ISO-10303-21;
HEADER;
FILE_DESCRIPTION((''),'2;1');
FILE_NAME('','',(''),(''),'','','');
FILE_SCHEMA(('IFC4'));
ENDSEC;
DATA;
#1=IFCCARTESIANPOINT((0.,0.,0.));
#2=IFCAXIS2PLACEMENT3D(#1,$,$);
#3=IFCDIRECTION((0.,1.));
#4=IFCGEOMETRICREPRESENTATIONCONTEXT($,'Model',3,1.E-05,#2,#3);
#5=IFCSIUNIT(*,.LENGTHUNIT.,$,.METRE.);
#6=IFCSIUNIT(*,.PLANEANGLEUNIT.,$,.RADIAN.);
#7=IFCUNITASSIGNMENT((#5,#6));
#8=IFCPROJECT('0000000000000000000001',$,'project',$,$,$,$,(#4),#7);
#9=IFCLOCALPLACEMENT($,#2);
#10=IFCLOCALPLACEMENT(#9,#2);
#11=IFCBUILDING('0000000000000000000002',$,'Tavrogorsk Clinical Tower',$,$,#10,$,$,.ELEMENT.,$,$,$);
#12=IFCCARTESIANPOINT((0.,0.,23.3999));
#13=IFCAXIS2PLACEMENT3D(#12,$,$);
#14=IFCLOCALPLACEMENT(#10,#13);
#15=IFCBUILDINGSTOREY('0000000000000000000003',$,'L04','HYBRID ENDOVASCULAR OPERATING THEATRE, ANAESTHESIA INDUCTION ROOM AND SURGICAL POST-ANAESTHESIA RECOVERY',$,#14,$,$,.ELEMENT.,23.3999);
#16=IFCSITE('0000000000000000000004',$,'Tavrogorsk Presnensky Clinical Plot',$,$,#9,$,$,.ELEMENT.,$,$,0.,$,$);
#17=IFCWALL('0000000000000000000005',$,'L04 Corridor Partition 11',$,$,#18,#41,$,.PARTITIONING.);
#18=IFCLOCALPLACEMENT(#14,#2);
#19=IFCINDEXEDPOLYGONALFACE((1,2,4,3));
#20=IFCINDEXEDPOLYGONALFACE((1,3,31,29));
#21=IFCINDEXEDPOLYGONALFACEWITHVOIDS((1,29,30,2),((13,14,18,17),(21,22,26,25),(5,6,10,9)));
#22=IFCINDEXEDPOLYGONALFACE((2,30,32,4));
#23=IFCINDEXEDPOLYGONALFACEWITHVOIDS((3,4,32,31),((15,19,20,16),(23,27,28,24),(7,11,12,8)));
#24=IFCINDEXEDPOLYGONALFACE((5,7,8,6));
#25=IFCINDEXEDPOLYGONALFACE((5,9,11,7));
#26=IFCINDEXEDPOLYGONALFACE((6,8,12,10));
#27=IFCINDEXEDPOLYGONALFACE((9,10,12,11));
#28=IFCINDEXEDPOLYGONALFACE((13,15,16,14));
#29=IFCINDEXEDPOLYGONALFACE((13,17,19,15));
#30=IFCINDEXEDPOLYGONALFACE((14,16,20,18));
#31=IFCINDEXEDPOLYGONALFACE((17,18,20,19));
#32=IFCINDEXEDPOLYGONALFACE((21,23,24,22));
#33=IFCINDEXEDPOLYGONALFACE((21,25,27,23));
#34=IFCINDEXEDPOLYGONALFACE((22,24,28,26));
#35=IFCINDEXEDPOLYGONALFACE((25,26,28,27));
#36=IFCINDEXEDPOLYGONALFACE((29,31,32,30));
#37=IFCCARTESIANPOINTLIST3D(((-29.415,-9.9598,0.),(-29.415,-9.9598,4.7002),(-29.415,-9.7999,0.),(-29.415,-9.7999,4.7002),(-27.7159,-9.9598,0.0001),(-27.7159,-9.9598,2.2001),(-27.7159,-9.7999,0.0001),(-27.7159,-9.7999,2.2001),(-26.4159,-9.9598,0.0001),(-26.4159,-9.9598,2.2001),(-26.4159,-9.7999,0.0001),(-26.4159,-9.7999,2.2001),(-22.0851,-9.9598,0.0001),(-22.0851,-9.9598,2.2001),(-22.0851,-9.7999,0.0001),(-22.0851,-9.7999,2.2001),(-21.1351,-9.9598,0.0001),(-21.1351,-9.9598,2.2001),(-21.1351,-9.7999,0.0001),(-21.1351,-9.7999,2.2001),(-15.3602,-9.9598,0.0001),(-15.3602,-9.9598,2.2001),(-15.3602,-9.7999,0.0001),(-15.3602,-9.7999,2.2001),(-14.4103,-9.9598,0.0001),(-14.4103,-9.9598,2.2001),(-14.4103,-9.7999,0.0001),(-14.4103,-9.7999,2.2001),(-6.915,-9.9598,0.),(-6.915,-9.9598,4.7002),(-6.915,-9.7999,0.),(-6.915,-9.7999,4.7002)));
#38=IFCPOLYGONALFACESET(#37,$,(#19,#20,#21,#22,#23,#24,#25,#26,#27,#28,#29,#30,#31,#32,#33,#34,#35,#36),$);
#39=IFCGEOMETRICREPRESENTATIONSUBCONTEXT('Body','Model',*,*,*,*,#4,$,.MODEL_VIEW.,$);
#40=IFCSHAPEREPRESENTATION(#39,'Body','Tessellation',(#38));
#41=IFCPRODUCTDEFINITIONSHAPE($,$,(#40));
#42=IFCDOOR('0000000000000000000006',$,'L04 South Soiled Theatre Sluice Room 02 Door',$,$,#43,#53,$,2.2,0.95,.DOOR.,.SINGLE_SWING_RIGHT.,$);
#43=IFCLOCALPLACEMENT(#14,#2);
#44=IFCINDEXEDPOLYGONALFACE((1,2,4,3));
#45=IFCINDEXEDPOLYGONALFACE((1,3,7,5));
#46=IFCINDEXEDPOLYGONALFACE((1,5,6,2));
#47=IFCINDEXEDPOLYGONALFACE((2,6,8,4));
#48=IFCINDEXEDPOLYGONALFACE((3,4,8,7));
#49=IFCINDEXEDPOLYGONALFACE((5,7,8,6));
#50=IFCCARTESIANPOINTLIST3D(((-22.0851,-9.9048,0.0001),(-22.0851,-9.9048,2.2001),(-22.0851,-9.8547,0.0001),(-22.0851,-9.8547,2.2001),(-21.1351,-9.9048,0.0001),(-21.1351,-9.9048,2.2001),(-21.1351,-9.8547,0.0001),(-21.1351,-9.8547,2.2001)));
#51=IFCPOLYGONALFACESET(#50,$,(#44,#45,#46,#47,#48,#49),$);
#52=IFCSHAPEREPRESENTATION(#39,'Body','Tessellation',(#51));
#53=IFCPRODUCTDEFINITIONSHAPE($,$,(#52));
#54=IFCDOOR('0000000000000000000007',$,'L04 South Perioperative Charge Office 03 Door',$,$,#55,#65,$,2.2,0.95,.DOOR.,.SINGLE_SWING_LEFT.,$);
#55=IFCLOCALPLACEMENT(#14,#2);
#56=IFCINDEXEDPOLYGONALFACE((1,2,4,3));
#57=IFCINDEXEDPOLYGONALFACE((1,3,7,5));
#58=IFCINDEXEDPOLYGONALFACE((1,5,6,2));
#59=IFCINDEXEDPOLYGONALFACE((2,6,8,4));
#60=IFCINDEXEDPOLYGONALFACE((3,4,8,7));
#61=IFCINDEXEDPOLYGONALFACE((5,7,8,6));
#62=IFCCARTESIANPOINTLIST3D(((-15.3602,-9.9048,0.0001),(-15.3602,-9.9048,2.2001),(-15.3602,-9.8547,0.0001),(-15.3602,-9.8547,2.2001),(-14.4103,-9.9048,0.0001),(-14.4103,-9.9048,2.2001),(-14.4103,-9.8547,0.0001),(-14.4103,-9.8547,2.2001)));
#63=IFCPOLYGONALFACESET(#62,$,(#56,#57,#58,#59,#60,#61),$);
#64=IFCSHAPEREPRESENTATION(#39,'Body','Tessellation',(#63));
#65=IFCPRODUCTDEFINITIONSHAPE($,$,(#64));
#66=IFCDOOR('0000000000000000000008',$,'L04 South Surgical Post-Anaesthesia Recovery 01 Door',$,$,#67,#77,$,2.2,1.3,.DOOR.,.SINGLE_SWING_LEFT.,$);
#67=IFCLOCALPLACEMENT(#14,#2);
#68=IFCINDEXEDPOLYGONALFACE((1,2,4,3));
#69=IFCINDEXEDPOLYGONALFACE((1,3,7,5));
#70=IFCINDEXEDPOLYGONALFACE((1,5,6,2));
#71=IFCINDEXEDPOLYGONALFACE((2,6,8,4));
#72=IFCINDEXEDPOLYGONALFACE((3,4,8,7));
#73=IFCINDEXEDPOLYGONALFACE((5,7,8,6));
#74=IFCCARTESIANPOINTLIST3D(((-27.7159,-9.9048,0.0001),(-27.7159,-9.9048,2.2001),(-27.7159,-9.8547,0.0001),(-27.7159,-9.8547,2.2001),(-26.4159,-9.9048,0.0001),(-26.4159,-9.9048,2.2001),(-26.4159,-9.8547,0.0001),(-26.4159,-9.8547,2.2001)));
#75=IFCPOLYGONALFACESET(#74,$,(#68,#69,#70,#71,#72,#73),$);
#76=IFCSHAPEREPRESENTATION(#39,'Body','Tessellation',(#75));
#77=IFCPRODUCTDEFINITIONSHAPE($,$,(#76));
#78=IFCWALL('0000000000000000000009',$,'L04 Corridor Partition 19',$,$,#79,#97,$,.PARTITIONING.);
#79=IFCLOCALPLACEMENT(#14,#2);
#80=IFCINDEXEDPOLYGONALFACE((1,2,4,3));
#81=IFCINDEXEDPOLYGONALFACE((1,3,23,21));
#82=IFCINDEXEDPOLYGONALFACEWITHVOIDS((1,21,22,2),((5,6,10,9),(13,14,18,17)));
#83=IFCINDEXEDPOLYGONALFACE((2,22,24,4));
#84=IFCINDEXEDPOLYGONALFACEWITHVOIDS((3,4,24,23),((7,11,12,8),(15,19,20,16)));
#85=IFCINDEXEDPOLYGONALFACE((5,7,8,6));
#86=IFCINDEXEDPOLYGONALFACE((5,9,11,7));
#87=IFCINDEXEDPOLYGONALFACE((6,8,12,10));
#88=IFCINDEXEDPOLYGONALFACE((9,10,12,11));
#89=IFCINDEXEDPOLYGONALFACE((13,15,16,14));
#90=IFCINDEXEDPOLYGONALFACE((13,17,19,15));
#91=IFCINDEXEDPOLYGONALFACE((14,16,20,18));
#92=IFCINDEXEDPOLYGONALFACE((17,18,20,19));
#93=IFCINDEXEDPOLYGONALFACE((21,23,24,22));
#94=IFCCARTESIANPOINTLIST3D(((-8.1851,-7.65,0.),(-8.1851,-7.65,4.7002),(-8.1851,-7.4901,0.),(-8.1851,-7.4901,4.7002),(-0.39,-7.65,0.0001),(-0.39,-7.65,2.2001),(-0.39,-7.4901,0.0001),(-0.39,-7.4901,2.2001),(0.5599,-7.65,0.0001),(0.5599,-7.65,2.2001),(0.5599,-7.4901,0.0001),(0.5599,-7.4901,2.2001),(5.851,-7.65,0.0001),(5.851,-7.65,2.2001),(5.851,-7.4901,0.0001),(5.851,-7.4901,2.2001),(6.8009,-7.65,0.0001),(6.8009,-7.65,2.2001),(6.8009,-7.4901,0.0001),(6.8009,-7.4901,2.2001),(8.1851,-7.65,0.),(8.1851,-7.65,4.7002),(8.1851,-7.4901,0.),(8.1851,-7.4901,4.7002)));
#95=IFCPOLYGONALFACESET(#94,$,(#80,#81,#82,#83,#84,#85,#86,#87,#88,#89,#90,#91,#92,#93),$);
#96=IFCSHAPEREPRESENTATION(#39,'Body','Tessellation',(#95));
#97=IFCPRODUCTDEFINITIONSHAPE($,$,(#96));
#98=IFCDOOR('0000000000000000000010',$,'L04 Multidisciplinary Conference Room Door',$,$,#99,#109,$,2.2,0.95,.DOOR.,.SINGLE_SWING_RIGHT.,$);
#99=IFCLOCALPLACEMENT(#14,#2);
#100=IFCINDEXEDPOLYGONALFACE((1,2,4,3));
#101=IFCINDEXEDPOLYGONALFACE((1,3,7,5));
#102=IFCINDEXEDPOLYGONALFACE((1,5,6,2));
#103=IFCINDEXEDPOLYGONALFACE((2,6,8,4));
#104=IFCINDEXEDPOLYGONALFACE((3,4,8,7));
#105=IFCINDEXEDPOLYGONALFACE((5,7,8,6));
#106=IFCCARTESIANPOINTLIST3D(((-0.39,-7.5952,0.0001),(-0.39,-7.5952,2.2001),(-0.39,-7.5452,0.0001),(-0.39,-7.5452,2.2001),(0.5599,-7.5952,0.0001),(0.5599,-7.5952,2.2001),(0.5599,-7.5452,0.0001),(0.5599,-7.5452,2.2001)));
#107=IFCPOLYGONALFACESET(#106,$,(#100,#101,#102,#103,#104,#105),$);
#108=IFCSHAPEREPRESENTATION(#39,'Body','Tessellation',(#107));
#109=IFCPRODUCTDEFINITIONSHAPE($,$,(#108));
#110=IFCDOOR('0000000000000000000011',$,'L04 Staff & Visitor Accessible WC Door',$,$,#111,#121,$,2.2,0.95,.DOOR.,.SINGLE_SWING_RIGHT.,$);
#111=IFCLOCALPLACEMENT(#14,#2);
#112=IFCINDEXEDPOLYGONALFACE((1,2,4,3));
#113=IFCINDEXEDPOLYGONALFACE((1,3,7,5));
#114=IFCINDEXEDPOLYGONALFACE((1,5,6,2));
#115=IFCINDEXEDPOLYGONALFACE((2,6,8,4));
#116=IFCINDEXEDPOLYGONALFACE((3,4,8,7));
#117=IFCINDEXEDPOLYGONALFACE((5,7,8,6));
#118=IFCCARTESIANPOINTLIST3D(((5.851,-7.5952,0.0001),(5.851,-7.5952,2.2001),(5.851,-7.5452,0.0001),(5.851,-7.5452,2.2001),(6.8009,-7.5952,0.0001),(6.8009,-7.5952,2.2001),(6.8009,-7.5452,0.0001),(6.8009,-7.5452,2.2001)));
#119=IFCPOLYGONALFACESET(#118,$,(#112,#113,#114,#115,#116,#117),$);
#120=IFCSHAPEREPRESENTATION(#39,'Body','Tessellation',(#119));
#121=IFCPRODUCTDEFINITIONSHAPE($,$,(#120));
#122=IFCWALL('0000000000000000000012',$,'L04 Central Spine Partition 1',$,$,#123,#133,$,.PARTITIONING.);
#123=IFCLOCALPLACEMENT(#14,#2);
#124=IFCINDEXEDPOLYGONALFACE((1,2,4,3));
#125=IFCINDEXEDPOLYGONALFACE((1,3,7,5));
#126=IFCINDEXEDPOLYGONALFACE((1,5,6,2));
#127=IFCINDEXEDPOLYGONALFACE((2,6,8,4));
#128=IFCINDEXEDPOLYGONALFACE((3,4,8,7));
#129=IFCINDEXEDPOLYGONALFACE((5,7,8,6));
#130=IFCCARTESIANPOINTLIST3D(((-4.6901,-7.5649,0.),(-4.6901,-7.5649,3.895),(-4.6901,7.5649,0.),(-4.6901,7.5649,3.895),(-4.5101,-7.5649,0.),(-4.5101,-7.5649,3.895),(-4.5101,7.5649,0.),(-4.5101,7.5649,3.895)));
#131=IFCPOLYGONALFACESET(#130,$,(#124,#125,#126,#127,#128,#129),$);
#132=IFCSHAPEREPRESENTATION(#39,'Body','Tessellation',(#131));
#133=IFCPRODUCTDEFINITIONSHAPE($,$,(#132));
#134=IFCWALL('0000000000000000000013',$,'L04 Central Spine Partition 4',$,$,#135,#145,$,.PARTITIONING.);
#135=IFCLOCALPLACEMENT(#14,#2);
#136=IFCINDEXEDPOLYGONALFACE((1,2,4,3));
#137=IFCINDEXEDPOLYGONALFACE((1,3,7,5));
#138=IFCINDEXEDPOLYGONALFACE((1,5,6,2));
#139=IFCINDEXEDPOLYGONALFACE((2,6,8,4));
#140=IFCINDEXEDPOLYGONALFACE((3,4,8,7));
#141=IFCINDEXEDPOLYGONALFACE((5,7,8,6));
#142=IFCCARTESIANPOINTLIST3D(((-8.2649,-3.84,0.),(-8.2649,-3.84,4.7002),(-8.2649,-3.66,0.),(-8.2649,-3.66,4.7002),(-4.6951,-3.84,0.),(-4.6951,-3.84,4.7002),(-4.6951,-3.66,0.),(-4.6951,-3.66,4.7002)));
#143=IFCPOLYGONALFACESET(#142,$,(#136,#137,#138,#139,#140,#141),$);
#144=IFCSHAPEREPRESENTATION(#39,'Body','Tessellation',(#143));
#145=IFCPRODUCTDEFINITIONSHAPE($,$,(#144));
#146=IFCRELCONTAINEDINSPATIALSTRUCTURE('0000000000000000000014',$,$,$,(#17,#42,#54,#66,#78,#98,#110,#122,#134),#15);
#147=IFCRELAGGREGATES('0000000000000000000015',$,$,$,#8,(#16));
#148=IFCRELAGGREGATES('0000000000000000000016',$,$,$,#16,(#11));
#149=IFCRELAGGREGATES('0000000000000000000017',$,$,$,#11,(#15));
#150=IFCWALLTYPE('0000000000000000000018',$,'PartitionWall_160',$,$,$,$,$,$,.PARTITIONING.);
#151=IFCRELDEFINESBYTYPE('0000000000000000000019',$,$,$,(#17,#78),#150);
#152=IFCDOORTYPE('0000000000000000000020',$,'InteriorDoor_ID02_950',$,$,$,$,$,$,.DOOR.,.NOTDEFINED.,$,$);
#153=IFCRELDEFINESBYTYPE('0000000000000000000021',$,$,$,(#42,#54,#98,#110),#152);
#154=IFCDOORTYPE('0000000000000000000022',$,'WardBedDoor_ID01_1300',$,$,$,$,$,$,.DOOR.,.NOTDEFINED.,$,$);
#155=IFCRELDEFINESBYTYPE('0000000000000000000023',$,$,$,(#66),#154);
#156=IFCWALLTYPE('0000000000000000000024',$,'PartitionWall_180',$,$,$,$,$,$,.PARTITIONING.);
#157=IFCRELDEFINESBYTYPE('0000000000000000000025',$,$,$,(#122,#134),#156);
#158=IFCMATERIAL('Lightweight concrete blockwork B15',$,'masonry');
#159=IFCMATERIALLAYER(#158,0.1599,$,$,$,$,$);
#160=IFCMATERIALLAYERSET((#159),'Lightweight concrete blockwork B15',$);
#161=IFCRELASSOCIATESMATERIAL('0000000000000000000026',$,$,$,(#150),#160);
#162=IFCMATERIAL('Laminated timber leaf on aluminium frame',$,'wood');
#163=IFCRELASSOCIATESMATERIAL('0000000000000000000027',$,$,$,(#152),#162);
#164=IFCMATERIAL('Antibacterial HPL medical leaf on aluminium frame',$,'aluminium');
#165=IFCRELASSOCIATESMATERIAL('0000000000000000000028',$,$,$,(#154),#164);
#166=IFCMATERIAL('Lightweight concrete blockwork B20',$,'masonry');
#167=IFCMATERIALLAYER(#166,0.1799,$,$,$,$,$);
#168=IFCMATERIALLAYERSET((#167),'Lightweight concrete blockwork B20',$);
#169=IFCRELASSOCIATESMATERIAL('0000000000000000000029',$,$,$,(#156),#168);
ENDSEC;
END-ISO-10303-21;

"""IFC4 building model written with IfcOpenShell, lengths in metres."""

from ifc_helpers import new_model, si_unit, direction, frame, frame_2d, origin, place, context, subcontext, project, spatial, rectangle, extrude, material, layer, layer_set, type_object, element, fill, save


model = new_model("IFC4")

# Units and contexts
model_context = context("Model", 3, precision=1e-05, world=origin(), true_north=direction((0.0, 1.0)))
body_context = subcontext(model_context, "Body", "Model", "MODEL_VIEW")
ifc_project = project(units=[si_unit("LENGTHUNIT", "METRE"), si_unit("PLANEANGLEUNIT", "RADIAN")], contexts=[model_context])

# Site, building, storey
site_placement = place(None, origin())
site = spatial("IfcSite", under=ifc_project, at=site_placement, Name="Tavrogorsk Presnensky Clinical Plot", CompositionType="ELEMENT", RefElevation=0.0)
building_placement = place(site_placement, origin())
building = spatial("IfcBuilding", under=site, at=building_placement, Name="Tavrogorsk Clinical Tower", CompositionType="ELEMENT")
storey_placement = place(building_placement, frame((0.0, 0.0, 23.3999)))
storey = spatial("IfcBuildingStorey", under=building, at=storey_placement, Name="L04", Description="HYBRID ENDOVASCULAR OPERATING THEATRE, ANAESTHESIA INDUCTION ROOM AND SURGICAL POST-ANAESTHESIA RECOVERY", CompositionType="ELEMENT", Elevation=23.3999)

# Walls, openings, doors
ifc_material_1 = material(Name="Lightweight concrete blockwork B15", Category="masonry")
ifc_layer_1 = layer(ifc_material_1, 0.1599)
ifc_layer_set_1 = layer_set([ifc_layer_1], Name="Lightweight concrete blockwork B15")
wall_type_1 = type_object("IfcWallType", Name="PartitionWall_160", PredefinedType="PARTITIONING", material=ifc_layer_set_1)
wall_1_placement = place(storey_placement, frame((-6.915, -9.8799, 0.0), z_axis=(0.0, 0.0, 1.0), x_axis=(-1.0, 0.0, 0.0)))
wall_1 = element("IfcWall", 1, at=wall_1_placement, inside=storey, type_object=wall_type_1, Name="L04 Corridor Partition 11", PredefinedType="PARTITIONING", context=body_context, shape_type="SweptSolid", body=[
    extrude(rectangle(XDim=22.5, YDim=0.1599, at=frame_2d((11.25, 0.0))), origin(), (0.0, 0.0, 1.0), 4.7002),
])
opening_1_placement = place(wall_1_placement, frame((19.501, 0.0, 0.0)))
opening_1 = element("IfcOpeningElement", 2, at=opening_1_placement, cuts=wall_1, PredefinedType="OPENING", context=body_context, shape_type="SweptSolid", body=[
    extrude(rectangle(XDim=1.3, YDim=2.2, at=frame_2d((0.6499, 1.1001))), frame((0.0, 0.0898, 0.0), z_axis=(0.0, -1.0, 0.0), x_axis=(1.0, 0.0, 0.0)), (0.0, 0.0, 1.0), 0.1799),
])
opening_2_placement = place(wall_1_placement, frame((14.22, 0.0, 0.0)))
opening_2 = element("IfcOpeningElement", 3, at=opening_2_placement, cuts=wall_1, PredefinedType="OPENING", context=body_context, shape_type="SweptSolid", body=[
    extrude(rectangle(XDim=0.95, YDim=2.2, at=frame_2d((0.4751, 1.1001))), frame((0.0, 0.0898, 0.0), z_axis=(0.0, -1.0, 0.0), x_axis=(1.0, 0.0, 0.0)), (0.0, 0.0, 1.0), 0.1799),
])
opening_3_placement = place(wall_1_placement, frame((7.4951, 0.0, 0.0)))
opening_3 = element("IfcOpeningElement", 4, at=opening_3_placement, cuts=wall_1, PredefinedType="OPENING", context=body_context, shape_type="SweptSolid", body=[
    extrude(rectangle(XDim=0.95, YDim=2.2, at=frame_2d((0.4751, 1.1001))), frame((0.0, 0.0898, 0.0), z_axis=(0.0, -1.0, 0.0), x_axis=(1.0, 0.0, 0.0)), (0.0, 0.0, 1.0), 0.1799),
])
ifc_material_2 = material(Name="Laminated timber leaf on aluminium frame", Category="wood")
door_type_1 = type_object("IfcDoorType", Name="InteriorDoor_ID02_950", OperationType="NOTDEFINED", PredefinedType="DOOR", material=ifc_material_2)
door_1_placement = place(opening_2_placement, origin())
door_1 = element("IfcDoor", 5, at=door_1_placement, inside=storey, type_object=door_type_1, Name="L04 South Soiled Theatre Sluice Room 02 Door", OperationType="SINGLE_SWING_RIGHT", OverallHeight=2.2, OverallWidth=0.95, PredefinedType="DOOR", context=body_context, shape_type="SweptSolid", body=[
    extrude(rectangle(XDim=0.95, YDim=2.2, at=frame_2d((0.4751, 1.1001))), frame((0.0, 0.0249, 0.0), z_axis=(0.0, -1.0, 0.0), x_axis=(1.0, 0.0, 0.0)), (0.0, 0.0, 1.0), 0.05),
])
fill(opening_2, door_1)
door_2_placement = place(opening_3_placement, origin())
door_2 = element("IfcDoor", 6, at=door_2_placement, inside=storey, type_object=door_type_1, Name="L04 South Perioperative Charge Office 03 Door", OperationType="SINGLE_SWING_LEFT", OverallHeight=2.2, OverallWidth=0.95, PredefinedType="DOOR", context=body_context, shape_type="SweptSolid", body=[
    extrude(rectangle(XDim=0.95, YDim=2.2, at=frame_2d((0.4751, 1.1001))), frame((0.0, 0.0249, 0.0), z_axis=(0.0, -1.0, 0.0), x_axis=(1.0, 0.0, 0.0)), (0.0, 0.0, 1.0), 0.05),
])
fill(opening_3, door_2)
ifc_material_3 = material(Name="Antibacterial HPL medical leaf on aluminium frame", Category="aluminium")
door_type_2 = type_object("IfcDoorType", Name="WardBedDoor_ID01_1300", OperationType="NOTDEFINED", PredefinedType="DOOR", material=ifc_material_3)
door_3_placement = place(opening_1_placement, origin())
door_3 = element("IfcDoor", 7, at=door_3_placement, inside=storey, type_object=door_type_2, Name="L04 South Surgical Post-Anaesthesia Recovery 01 Door", OperationType="SINGLE_SWING_LEFT", OverallHeight=2.2, OverallWidth=1.3, PredefinedType="DOOR", context=body_context, shape_type="SweptSolid", body=[
    extrude(rectangle(XDim=1.3, YDim=2.2, at=frame_2d((0.6499, 1.1001))), frame((0.0, 0.0249, 0.0), z_axis=(0.0, -1.0, 0.0), x_axis=(1.0, 0.0, 0.0)), (0.0, 0.0, 1.0), 0.05),
])
fill(opening_1, door_3)
wall_2_placement = place(storey_placement, frame((-8.1851, -7.5701, 0.0), z_axis=(0.0, 0.0, 1.0), x_axis=(1.0, 0.0, 0.0)))
wall_2 = element("IfcWall", 8, at=wall_2_placement, inside=storey, type_object=wall_type_1, Name="L04 Corridor Partition 19", PredefinedType="PARTITIONING", context=body_context, shape_type="SweptSolid", body=[
    extrude(rectangle(XDim=16.3701, YDim=0.1599, at=frame_2d((8.1851, 0.0))), origin(), (0.0, 0.0, 1.0), 4.7002),
])
opening_4_placement = place(wall_2_placement, frame((7.7949, 0.0, 0.0)))
opening_4 = element("IfcOpeningElement", 9, at=opening_4_placement, cuts=wall_2, PredefinedType="OPENING", context=body_context, shape_type="SweptSolid", body=[
    extrude(rectangle(XDim=0.95, YDim=2.2, at=frame_2d((0.4751, 1.1001))), frame((0.0, 0.0898, 0.0), z_axis=(0.0, -1.0, 0.0), x_axis=(1.0, 0.0, 0.0)), (0.0, 0.0, 1.0), 0.1799),
])
opening_5_placement = place(wall_2_placement, frame((14.0359, 0.0, 0.0)))
opening_5 = element("IfcOpeningElement", 10, at=opening_5_placement, cuts=wall_2, PredefinedType="OPENING", context=body_context, shape_type="SweptSolid", body=[
    extrude(rectangle(XDim=0.95, YDim=2.2, at=frame_2d((0.4751, 1.1001))), frame((0.0, 0.0898, 0.0), z_axis=(0.0, -1.0, 0.0), x_axis=(1.0, 0.0, 0.0)), (0.0, 0.0, 1.0), 0.1799),
])
door_4_placement = place(opening_4_placement, origin())
door_4 = element("IfcDoor", 11, at=door_4_placement, inside=storey, type_object=door_type_1, Name="L04 Multidisciplinary Conference Room Door", OperationType="SINGLE_SWING_RIGHT", OverallHeight=2.2, OverallWidth=0.95, PredefinedType="DOOR", context=body_context, shape_type="SweptSolid", body=[
    extrude(rectangle(XDim=0.95, YDim=2.2, at=frame_2d((0.4751, 1.1001))), frame((0.0, 0.0249, 0.0), z_axis=(0.0, -1.0, 0.0), x_axis=(1.0, 0.0, 0.0)), (0.0, 0.0, 1.0), 0.05),
])
fill(opening_4, door_4)
door_5_placement = place(opening_5_placement, origin())
door_5 = element("IfcDoor", 12, at=door_5_placement, inside=storey, type_object=door_type_1, Name="L04 Staff & Visitor Accessible WC Door", OperationType="SINGLE_SWING_RIGHT", OverallHeight=2.2, OverallWidth=0.95, PredefinedType="DOOR", context=body_context, shape_type="SweptSolid", body=[
    extrude(rectangle(XDim=0.95, YDim=2.2, at=frame_2d((0.4751, 1.1001))), frame((0.0, 0.0249, 0.0), z_axis=(0.0, -1.0, 0.0), x_axis=(1.0, 0.0, 0.0)), (0.0, 0.0, 1.0), 0.05),
])
fill(opening_5, door_5)

# Walls
ifc_material_4 = material(Name="Lightweight concrete blockwork B20", Category="masonry")
ifc_layer_2 = layer(ifc_material_4, 0.1799)
ifc_layer_set_2 = layer_set([ifc_layer_2], Name="Lightweight concrete blockwork B20")
wall_type_2 = type_object("IfcWallType", Name="PartitionWall_180", PredefinedType="PARTITIONING", material=ifc_layer_set_2)
wall_3_placement = place(storey_placement, frame((-4.6001, -7.5649, 0.0), z_axis=(0.0, 0.0, 1.0), x_axis=(0.0, 1.0, 0.0)))
element("IfcWall", 13, at=wall_3_placement, inside=storey, type_object=wall_type_2, Name="L04 Central Spine Partition 1", PredefinedType="PARTITIONING", context=body_context, shape_type="SweptSolid", body=[
    extrude(rectangle(XDim=15.1299, YDim=0.1799, at=frame_2d((7.5649, 0.0))), origin(), (0.0, 0.0, 1.0), 3.895),
])
wall_4_placement = place(storey_placement, frame((-8.2649, -3.75, 0.0), z_axis=(0.0, 0.0, 1.0), x_axis=(1.0, 0.0, 0.0)))
element("IfcWall", 14, at=wall_4_placement, inside=storey, type_object=wall_type_2, Name="L04 Central Spine Partition 4", PredefinedType="PARTITIONING", context=body_context, shape_type="SweptSolid", body=[
    extrude(rectangle(XDim=3.5698, YDim=0.1799, at=frame_2d((1.7849, 0.0))), origin(), (0.0, 0.0, 1.0), 4.7002),
])

save(model, "model.ifc")
